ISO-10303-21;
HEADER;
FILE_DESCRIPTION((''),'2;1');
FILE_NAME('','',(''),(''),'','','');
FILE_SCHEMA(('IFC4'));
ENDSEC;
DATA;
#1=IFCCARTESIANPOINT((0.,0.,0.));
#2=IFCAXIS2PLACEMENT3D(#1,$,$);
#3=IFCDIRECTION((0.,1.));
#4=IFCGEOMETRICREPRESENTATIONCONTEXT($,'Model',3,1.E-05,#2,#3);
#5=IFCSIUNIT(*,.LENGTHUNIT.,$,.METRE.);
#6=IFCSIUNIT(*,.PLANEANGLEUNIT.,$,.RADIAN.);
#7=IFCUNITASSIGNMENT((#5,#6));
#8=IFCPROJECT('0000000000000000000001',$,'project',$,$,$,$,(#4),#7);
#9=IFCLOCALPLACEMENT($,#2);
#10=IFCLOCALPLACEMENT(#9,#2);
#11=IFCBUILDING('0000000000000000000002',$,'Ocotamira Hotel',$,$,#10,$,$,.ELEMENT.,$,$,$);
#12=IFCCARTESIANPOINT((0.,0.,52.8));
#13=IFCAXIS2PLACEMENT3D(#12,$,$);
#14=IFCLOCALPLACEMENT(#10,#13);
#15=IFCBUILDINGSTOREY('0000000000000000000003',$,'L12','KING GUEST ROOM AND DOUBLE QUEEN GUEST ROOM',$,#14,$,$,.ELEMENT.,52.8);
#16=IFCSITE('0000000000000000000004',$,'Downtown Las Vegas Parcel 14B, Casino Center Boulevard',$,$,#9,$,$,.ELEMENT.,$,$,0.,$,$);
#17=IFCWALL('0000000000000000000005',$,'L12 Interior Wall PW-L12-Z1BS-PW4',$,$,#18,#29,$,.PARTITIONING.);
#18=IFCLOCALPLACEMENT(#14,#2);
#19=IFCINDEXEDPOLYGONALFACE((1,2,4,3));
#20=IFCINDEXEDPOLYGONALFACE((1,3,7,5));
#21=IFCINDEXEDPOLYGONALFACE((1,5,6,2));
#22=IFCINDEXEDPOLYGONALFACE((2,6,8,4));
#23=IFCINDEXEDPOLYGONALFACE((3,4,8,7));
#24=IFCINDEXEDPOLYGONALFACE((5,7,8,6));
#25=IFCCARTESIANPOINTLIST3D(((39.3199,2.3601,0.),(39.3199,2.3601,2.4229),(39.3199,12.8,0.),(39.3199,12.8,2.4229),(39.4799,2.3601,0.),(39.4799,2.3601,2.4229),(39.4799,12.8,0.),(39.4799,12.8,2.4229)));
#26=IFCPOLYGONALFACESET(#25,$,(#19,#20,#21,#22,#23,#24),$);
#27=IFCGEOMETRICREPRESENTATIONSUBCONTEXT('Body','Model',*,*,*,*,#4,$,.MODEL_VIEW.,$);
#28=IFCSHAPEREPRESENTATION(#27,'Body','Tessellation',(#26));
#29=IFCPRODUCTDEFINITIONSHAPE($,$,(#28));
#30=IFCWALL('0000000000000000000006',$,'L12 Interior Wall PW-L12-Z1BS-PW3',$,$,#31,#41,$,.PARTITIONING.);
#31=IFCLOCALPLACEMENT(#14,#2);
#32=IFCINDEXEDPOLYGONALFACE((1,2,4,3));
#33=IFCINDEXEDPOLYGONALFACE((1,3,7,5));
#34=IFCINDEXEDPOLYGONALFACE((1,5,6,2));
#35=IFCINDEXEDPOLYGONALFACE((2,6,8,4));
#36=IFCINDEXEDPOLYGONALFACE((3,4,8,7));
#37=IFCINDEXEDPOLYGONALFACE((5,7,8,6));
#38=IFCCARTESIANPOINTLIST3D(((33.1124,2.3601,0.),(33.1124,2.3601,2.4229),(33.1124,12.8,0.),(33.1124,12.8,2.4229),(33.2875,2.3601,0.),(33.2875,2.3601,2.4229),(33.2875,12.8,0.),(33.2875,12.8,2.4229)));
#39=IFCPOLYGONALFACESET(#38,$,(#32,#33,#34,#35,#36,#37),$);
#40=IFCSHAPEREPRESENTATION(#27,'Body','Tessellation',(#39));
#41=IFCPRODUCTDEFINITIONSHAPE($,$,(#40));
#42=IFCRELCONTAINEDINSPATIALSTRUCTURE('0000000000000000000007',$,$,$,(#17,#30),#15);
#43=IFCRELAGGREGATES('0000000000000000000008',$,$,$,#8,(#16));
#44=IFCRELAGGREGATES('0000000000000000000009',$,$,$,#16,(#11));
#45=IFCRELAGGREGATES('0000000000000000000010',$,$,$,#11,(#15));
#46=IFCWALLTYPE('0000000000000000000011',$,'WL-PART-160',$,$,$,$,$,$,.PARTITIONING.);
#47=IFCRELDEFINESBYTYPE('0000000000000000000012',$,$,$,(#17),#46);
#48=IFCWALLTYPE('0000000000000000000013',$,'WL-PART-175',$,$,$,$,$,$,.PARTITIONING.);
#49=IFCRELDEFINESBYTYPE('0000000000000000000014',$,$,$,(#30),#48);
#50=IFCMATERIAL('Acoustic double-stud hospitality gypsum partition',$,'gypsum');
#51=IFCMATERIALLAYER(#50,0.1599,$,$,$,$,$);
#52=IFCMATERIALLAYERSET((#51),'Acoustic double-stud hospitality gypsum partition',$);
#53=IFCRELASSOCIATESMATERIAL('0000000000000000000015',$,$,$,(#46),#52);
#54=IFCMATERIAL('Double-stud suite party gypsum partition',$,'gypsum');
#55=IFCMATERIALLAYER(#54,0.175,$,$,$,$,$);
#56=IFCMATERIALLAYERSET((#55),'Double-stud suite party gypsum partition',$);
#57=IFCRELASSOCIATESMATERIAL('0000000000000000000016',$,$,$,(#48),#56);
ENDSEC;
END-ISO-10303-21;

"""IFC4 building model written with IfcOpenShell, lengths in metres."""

from ifc_helpers import new_model, si_unit, direction, frame, frame_2d, origin, place, context, subcontext, project, spatial, rectangle, extrude, material, layer, layer_set, type_object, element, save


model = new_model("IFC4")

# Units and contexts
model_context = context("Model", 3, precision=1e-05, world=origin(), true_north=direction((0.0, 1.0)))
body_context = subcontext(model_context, "Body", "Model", "MODEL_VIEW")
ifc_project = project(units=[si_unit("LENGTHUNIT", "METRE"), si_unit("PLANEANGLEUNIT", "RADIAN")], contexts=[model_context])

# Site, building, storey
site_placement = place(None, origin())
site = spatial("IfcSite", under=ifc_project, at=site_placement, Name="Downtown Las Vegas Parcel 14B, Casino Center Boulevard", CompositionType="ELEMENT", RefElevation=0.0)
building_placement = place(site_placement, origin())
building = spatial("IfcBuilding", under=site, at=building_placement, Name="Ocotamira Hotel", CompositionType="ELEMENT")
storey_placement = place(building_placement, frame((0.0, 0.0, 52.8)))
storey = spatial("IfcBuildingStorey", under=building, at=storey_placement, Name="L12", Description="KING GUEST ROOM AND DOUBLE QUEEN GUEST ROOM", CompositionType="ELEMENT", Elevation=52.8)

# Walls
ifc_material_1 = material(Name="Acoustic double-stud hospitality gypsum partition", Category="gypsum")
ifc_layer_1 = layer(ifc_material_1, 0.1599)
ifc_layer_set_1 = layer_set([ifc_layer_1], Name="Acoustic double-stud hospitality gypsum partition")
wall_type_1 = type_object("IfcWallType", Name="WL-PART-160", PredefinedType="PARTITIONING", material=ifc_layer_set_1)
for number, where, z_axis, x_axis, name in (
    (1, (39.3999, 2.3601, 0.0), (0.0, 0.0, 1.0), (0.0, 1.0, 0.0), "L12 Interior Wall PW-L12-Z1BS-PW4"),
):
    element("IfcWall", number, at=place(storey_placement, frame(where, z_axis=z_axis, x_axis=x_axis)), inside=storey, type_object=wall_type_1, Name=name, PredefinedType="PARTITIONING", context=body_context, shape_type="SweptSolid", body=[
        extrude(rectangle(XDim=10.4399, YDim=0.1599, at=frame_2d((5.22, 0.0))), origin(), (0.0, 0.0, 1.0), 2.4229),
    ])
ifc_material_2 = material(Name="Double-stud suite party gypsum partition", Category="gypsum")
ifc_layer_2 = layer(ifc_material_2, 0.175)
ifc_layer_set_2 = layer_set([ifc_layer_2], Name="Double-stud suite party gypsum partition")
wall_type_2 = type_object("IfcWallType", Name="WL-PART-175", PredefinedType="PARTITIONING", material=ifc_layer_set_2)
wall_placement = place(storey_placement, frame((33.2, 2.3601, 0.0), z_axis=(0.0, 0.0, 1.0), x_axis=(0.0, 1.0, 0.0)))
element("IfcWall", 2, at=wall_placement, inside=storey, type_object=wall_type_2, Name="L12 Interior Wall PW-L12-Z1BS-PW3", PredefinedType="PARTITIONING", context=body_context, shape_type="SweptSolid", body=[
    extrude(rectangle(XDim=10.4399, YDim=0.175, at=frame_2d((5.22, 0.0))), origin(), (0.0, 0.0, 1.0), 2.4229),
])

save(model, "model.ifc")
